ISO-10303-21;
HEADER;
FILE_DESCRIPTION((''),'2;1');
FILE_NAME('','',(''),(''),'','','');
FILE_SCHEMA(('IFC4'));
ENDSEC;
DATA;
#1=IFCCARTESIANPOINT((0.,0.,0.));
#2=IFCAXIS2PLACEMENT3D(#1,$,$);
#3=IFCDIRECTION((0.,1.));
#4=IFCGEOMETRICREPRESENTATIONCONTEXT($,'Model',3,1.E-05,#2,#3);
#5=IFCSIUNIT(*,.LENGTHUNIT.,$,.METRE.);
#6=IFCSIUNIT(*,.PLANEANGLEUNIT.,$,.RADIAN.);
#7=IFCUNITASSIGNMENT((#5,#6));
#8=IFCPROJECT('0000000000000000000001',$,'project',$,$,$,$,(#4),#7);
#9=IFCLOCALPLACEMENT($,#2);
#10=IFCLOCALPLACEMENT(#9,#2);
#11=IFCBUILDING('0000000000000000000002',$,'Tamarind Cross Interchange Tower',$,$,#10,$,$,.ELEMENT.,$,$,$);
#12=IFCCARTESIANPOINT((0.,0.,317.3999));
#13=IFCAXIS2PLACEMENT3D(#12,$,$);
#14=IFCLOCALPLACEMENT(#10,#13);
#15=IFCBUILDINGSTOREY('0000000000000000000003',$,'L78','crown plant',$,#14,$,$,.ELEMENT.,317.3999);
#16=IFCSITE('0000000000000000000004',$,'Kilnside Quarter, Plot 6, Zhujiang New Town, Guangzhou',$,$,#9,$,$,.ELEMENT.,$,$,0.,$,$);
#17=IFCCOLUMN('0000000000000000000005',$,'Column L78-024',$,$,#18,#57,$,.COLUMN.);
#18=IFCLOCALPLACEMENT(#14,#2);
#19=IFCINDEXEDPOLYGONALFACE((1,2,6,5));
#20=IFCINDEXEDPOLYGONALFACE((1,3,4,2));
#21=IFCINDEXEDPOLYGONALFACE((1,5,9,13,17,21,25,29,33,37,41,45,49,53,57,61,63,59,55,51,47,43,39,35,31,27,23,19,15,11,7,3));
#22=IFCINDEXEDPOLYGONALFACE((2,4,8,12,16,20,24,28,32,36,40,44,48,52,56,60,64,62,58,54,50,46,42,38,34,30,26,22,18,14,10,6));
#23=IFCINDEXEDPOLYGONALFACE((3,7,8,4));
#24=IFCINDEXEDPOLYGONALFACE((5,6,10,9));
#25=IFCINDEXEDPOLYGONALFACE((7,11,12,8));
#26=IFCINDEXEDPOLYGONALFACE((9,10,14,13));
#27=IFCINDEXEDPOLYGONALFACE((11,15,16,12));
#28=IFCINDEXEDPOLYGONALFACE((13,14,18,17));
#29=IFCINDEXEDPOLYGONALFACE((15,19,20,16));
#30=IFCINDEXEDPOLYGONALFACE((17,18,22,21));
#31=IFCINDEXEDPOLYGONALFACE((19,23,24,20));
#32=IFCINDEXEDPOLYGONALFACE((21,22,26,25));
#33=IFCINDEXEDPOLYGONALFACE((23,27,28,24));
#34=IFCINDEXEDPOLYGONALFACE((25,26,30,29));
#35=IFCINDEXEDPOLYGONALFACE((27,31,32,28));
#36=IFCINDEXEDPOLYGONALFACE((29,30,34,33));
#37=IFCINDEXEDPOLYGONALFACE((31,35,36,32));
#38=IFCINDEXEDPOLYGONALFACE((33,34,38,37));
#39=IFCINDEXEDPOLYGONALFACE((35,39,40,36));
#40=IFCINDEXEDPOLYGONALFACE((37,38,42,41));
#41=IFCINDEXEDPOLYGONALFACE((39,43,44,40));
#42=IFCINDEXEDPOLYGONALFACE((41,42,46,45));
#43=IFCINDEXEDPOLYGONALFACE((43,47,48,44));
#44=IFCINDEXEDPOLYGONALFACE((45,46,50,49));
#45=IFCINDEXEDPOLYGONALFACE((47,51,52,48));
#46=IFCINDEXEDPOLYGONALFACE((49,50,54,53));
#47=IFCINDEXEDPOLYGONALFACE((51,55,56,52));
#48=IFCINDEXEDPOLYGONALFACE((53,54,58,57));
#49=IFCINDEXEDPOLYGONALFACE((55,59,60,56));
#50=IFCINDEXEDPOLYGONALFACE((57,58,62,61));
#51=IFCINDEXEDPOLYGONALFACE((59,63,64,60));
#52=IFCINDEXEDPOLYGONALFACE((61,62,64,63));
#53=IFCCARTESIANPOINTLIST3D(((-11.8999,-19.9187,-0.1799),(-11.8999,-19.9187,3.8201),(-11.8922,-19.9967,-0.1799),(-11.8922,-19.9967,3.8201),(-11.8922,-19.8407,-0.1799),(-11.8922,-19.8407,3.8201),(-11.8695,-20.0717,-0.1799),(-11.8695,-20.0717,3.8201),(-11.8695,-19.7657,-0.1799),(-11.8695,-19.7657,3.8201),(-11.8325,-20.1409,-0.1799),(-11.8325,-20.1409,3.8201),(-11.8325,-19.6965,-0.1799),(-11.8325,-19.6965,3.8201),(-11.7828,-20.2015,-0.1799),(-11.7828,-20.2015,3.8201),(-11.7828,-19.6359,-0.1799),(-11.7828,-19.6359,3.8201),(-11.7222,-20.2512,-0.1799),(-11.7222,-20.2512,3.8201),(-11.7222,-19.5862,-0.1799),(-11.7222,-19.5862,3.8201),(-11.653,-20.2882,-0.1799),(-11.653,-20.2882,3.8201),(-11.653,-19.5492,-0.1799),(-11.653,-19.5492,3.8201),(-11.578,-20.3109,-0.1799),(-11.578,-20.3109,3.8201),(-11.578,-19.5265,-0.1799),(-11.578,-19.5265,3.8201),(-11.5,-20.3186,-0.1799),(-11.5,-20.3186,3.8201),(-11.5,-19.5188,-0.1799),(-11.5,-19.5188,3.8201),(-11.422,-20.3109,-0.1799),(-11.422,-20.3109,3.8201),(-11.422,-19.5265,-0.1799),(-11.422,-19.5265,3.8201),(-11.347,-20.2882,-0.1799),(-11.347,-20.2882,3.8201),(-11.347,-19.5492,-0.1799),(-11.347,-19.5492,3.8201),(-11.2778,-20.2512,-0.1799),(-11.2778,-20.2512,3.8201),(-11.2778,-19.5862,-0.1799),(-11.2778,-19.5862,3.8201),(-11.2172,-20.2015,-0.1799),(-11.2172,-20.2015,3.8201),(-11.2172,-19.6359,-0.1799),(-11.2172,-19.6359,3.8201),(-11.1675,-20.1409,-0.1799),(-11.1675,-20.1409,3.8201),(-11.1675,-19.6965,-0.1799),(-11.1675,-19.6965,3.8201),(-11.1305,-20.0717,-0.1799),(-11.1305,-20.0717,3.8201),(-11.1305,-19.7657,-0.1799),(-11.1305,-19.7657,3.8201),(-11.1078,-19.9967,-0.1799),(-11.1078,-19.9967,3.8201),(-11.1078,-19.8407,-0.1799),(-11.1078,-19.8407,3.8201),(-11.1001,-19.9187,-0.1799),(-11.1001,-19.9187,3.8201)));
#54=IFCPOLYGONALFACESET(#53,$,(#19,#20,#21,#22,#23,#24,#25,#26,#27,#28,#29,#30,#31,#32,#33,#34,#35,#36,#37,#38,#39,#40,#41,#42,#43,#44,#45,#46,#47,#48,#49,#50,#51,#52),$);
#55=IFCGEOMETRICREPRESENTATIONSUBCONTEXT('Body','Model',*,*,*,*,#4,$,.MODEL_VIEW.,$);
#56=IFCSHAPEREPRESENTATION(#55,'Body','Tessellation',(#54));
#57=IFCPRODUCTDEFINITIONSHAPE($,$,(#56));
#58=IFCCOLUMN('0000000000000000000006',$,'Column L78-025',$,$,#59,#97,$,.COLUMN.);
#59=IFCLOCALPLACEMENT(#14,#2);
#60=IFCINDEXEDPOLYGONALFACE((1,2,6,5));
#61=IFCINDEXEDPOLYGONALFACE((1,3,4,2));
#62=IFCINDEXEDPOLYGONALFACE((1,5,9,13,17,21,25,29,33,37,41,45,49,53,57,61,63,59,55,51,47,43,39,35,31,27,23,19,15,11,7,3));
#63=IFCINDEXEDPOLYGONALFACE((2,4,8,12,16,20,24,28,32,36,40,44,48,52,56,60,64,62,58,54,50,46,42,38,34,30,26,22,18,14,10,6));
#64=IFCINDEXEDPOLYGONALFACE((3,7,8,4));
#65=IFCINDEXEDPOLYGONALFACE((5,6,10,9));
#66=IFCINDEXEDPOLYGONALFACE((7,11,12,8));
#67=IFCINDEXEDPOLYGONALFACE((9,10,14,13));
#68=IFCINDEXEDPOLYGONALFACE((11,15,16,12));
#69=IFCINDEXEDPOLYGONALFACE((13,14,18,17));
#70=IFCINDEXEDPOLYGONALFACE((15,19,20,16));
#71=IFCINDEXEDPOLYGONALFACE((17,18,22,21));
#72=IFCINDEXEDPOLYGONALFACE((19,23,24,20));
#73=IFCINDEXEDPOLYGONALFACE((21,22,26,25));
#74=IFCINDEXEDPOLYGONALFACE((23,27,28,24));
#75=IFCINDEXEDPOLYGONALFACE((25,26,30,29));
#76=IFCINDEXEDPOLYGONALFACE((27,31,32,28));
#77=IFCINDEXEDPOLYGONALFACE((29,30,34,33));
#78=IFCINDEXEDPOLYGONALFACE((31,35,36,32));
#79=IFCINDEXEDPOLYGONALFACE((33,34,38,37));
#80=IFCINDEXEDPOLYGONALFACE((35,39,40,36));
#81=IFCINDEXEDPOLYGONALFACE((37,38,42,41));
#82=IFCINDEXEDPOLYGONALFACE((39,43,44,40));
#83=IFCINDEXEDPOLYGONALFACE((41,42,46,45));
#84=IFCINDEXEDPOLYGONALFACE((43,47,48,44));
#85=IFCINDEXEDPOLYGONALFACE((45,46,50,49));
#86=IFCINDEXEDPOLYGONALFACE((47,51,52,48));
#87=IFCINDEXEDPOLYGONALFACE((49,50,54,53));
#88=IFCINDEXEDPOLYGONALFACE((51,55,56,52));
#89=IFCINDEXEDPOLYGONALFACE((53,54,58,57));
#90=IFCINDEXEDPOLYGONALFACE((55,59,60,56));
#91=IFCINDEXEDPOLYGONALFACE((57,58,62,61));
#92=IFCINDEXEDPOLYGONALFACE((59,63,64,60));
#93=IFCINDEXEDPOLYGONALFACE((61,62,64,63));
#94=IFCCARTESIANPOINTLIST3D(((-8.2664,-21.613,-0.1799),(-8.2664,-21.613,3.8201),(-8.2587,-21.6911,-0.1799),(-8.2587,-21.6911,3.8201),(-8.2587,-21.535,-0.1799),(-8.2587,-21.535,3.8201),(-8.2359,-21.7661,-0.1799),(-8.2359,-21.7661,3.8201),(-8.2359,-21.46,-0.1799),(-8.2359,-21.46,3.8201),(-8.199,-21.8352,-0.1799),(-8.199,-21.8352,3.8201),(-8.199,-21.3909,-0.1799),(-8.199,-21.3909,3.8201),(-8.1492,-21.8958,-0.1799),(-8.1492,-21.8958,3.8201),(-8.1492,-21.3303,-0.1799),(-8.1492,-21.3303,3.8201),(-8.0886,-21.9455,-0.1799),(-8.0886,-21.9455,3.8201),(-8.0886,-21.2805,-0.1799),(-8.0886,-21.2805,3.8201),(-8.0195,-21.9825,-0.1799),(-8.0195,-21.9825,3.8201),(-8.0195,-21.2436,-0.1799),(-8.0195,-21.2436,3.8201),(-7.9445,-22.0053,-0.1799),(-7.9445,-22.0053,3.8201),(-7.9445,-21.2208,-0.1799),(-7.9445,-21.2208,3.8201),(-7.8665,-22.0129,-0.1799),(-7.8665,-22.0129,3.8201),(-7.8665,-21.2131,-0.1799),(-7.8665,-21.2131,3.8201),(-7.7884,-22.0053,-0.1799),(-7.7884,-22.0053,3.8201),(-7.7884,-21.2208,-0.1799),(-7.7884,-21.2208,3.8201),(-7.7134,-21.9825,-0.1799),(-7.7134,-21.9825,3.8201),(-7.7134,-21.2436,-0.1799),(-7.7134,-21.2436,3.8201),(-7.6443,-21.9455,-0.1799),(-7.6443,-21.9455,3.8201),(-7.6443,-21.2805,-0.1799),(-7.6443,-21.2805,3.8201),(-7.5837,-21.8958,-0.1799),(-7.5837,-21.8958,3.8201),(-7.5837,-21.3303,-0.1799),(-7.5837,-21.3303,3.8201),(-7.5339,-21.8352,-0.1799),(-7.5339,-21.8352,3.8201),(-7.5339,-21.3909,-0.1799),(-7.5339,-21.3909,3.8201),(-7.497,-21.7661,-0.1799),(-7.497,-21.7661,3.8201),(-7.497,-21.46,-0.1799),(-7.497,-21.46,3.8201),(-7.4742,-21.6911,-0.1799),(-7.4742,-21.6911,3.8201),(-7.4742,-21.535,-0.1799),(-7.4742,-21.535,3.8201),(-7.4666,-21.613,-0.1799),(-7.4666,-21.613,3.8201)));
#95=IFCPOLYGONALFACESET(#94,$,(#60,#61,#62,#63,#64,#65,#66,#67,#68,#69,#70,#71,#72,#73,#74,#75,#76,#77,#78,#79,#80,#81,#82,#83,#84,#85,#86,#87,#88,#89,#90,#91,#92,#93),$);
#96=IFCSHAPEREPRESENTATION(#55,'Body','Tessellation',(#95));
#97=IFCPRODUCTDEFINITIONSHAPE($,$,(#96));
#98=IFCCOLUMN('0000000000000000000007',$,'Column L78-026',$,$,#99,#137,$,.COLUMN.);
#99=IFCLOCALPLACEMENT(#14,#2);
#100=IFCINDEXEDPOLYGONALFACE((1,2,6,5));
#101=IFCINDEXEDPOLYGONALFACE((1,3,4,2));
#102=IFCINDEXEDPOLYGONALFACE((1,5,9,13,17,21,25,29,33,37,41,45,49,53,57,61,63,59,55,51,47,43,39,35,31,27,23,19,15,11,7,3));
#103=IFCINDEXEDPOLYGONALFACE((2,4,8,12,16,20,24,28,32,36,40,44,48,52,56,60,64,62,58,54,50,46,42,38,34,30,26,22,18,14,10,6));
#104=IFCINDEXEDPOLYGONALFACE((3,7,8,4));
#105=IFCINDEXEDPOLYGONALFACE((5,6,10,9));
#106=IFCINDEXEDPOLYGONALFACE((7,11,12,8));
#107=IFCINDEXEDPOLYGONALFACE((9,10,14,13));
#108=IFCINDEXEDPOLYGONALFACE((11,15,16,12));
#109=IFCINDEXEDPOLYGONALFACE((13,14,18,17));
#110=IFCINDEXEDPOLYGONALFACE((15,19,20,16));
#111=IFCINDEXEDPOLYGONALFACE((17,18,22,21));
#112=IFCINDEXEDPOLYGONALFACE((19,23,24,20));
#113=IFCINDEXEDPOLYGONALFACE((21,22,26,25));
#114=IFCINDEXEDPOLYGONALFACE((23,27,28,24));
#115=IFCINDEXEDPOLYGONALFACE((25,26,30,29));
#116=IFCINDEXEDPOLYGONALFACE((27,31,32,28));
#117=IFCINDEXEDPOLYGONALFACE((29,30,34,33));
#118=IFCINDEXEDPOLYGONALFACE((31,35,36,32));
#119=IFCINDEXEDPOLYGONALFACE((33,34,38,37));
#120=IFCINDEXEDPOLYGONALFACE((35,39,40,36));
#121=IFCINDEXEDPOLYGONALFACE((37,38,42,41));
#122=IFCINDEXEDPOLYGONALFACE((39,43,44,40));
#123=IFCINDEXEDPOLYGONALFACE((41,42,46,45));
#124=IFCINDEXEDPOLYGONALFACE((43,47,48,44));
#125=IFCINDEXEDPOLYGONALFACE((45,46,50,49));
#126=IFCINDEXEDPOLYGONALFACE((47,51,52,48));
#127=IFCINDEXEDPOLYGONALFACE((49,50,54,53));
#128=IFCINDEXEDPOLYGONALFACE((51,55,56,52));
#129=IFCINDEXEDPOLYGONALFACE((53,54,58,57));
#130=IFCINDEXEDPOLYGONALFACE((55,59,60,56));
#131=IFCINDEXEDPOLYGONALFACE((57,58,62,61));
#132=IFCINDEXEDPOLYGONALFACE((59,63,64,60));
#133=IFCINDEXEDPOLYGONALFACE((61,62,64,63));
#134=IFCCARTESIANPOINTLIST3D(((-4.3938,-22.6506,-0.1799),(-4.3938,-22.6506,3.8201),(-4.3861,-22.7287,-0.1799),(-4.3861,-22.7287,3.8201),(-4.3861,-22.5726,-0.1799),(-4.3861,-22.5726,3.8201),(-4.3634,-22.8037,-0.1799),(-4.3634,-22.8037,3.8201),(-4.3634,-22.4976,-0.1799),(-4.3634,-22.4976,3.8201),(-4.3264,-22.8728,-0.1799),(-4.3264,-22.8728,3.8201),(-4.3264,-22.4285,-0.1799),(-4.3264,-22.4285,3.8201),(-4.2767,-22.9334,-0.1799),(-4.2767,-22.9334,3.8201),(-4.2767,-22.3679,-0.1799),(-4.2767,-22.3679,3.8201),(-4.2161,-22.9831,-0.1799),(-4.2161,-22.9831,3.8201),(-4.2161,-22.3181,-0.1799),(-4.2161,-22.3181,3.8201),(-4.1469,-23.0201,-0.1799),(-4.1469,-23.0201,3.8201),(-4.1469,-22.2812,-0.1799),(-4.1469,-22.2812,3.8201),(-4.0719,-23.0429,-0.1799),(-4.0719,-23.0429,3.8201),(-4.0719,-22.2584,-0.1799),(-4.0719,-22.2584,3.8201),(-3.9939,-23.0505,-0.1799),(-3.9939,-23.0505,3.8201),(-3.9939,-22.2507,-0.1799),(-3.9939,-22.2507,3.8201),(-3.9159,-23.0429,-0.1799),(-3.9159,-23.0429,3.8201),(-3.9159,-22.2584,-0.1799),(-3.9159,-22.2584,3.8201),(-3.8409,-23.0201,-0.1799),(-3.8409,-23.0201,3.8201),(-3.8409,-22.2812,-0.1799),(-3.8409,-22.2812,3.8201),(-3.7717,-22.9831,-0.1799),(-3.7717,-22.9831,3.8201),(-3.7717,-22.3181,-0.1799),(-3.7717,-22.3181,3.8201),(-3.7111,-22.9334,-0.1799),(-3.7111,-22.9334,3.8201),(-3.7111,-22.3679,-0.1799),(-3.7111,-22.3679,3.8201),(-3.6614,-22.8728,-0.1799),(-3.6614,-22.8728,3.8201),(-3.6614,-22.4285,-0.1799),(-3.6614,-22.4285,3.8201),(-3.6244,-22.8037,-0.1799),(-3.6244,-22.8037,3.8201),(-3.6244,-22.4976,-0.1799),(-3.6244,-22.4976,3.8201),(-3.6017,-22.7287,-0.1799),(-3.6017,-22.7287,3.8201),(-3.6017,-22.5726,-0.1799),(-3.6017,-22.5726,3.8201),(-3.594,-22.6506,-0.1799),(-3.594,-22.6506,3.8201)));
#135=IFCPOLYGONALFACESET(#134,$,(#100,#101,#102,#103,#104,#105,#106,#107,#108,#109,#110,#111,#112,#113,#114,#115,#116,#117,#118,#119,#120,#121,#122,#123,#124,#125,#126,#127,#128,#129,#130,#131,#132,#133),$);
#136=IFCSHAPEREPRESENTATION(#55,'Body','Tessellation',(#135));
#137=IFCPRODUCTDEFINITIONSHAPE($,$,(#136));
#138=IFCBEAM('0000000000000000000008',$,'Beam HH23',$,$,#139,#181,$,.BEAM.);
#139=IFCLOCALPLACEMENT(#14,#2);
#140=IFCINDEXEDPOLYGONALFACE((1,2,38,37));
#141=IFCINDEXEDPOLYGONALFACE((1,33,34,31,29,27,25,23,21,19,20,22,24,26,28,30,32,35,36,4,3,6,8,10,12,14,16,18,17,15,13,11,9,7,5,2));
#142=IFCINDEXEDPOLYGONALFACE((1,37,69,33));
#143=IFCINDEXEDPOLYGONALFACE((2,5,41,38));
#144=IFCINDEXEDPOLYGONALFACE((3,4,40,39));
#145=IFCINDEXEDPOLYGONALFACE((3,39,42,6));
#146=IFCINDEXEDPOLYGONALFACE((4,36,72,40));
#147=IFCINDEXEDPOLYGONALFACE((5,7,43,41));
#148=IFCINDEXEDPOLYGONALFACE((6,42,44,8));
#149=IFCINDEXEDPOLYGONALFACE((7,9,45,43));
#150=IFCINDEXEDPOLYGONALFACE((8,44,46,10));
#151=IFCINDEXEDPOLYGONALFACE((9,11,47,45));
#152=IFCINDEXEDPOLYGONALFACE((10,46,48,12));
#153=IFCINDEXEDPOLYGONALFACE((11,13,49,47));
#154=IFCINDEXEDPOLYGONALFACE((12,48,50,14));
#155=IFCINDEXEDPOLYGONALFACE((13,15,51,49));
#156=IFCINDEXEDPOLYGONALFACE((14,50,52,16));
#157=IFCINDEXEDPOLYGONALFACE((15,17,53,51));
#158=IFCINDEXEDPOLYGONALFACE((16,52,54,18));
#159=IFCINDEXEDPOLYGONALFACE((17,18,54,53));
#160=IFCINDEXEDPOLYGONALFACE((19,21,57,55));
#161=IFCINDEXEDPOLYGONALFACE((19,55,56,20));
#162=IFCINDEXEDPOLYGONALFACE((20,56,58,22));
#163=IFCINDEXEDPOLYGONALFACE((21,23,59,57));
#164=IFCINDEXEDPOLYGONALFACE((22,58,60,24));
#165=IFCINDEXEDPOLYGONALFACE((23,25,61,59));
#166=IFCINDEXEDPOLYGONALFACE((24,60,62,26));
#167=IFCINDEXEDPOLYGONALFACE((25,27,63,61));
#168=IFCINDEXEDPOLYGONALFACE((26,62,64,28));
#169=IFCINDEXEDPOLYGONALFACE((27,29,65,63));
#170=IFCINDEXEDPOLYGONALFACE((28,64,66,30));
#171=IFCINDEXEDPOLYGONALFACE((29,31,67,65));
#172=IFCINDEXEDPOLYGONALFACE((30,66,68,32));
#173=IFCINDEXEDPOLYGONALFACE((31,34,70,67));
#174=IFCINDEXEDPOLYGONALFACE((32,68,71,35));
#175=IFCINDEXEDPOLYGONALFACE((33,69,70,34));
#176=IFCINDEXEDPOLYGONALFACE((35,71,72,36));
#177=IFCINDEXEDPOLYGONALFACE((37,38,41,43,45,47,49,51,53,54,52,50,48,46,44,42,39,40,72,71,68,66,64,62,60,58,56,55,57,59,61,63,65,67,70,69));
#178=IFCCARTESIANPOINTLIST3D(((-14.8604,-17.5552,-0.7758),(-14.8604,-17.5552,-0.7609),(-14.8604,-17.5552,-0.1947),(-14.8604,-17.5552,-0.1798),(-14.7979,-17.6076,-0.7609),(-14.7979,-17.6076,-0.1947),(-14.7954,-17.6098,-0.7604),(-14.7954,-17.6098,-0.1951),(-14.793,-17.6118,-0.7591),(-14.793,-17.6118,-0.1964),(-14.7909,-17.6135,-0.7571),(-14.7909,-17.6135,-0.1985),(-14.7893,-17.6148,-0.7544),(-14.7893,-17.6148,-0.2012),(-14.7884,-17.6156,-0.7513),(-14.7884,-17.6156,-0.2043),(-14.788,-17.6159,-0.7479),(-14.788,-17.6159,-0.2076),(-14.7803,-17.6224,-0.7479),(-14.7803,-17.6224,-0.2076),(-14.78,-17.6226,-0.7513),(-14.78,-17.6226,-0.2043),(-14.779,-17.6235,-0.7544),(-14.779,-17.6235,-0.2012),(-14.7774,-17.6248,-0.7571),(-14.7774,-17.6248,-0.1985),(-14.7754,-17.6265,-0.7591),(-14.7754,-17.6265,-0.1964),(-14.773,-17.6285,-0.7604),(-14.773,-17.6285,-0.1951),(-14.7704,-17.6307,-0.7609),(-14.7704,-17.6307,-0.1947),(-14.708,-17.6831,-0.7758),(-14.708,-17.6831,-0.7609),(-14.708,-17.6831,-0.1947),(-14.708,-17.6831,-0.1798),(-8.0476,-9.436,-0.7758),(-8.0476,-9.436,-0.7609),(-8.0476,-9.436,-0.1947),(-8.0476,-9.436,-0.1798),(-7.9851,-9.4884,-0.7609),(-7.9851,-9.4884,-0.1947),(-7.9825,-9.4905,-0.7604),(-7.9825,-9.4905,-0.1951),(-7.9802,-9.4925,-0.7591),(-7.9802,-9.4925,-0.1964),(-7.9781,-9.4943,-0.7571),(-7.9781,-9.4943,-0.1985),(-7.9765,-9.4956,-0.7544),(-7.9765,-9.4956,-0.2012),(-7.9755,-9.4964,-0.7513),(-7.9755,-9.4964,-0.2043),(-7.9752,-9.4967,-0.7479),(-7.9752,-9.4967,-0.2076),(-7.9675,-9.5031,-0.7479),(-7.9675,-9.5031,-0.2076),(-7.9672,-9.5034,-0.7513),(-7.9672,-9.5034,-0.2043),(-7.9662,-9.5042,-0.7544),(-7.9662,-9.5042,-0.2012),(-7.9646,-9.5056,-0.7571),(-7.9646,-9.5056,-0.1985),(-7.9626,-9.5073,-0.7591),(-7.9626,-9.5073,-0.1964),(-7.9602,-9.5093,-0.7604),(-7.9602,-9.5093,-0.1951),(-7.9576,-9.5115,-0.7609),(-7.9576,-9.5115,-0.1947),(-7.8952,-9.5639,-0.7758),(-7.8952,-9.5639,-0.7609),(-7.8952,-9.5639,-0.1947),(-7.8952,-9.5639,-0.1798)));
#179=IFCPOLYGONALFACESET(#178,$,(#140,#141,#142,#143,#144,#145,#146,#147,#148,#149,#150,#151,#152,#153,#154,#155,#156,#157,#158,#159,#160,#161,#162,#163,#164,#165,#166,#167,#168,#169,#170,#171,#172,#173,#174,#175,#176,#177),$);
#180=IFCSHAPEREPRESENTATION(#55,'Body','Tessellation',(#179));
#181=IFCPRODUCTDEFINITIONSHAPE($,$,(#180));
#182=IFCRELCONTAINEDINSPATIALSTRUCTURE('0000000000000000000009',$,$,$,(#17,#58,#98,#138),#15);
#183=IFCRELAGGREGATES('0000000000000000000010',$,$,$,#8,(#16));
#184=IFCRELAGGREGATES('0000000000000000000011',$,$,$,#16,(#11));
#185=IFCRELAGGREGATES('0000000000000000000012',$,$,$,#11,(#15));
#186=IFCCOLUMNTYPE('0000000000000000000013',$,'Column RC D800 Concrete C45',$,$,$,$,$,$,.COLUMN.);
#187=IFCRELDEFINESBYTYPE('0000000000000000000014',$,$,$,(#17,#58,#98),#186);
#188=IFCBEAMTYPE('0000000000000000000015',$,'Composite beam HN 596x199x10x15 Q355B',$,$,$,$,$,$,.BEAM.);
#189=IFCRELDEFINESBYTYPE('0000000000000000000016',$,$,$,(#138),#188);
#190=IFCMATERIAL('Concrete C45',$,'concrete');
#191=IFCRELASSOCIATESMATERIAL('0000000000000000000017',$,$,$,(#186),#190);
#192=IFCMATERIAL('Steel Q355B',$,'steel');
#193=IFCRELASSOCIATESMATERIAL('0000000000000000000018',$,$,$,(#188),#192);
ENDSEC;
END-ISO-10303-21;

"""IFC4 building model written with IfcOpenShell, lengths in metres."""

from ifc_helpers import new_model, si_unit, direction, frame, origin, origin_2d, place, context, subcontext, project, spatial, circle, i_section, extrude, material, material_profile, profile_set, type_object, element, save


model = new_model("IFC4")

# Units and contexts
model_context = context("Model", 3, precision=1e-05, world=origin(), true_north=direction((0.0, 1.0)))
body_context = subcontext(model_context, "Body", "Model", "MODEL_VIEW")
ifc_project = project(units=[si_unit("LENGTHUNIT", "METRE"), si_unit("PLANEANGLEUNIT", "RADIAN")], contexts=[model_context])

# Site, building, storey
site_placement = place(None, origin())
site = spatial("IfcSite", under=ifc_project, at=site_placement, Name="Kilnside Quarter, Plot 6, Zhujiang New Town, Guangzhou", CompositionType="ELEMENT", RefElevation=0.0)
building_placement = place(site_placement, origin())
building = spatial("IfcBuilding", under=site, at=building_placement, Name="Tamarind Cross Interchange Tower", CompositionType="ELEMENT")
storey_placement = place(building_placement, frame((0.0, 0.0, 317.3999)))
storey = spatial("IfcBuildingStorey", under=building, at=storey_placement, Name="L78", Description="crown plant", CompositionType="ELEMENT", Elevation=317.3999)

# Columns
ifc_material_1 = material(Name="Concrete C45", Category="concrete")
ifc_material_profile_1 = material_profile(ifc_material_1, circle(Radius=0.3999, at=origin_2d()), Name="RC D800")
ifc_profile_set_1 = profile_set([ifc_material_profile_1], Name="Concrete C45")
column_type = type_object("IfcColumnType", Name="Column RC D800 Concrete C45", PredefinedType="COLUMN", material=ifc_profile_set_1)
for number, where, z_axis, x_axis, name in (
    (1, (-11.5, -19.9187, -0.1799), (0.0, 0.0, 1.0), (1.0, 0.0, 0.0), "Column L78-024"),
    (2, (-7.8665, -21.613, -0.1799), (0.0, 0.0, 1.0), (1.0, 0.0, 0.0), "Column L78-025"),
    (3, (-3.9939, -22.6506, -0.1799), (0.0, 0.0, 1.0), (1.0, 0.0, 0.0), "Column L78-026"),
):
    element("IfcColumn", number, at=place(storey_placement, frame(where, z_axis=z_axis, x_axis=x_axis)), inside=storey, type_object=column_type, Name=name, PredefinedType="COLUMN", context=body_context, shape_type="SweptSolid", body=[
        extrude(circle(Radius=0.3999, at=origin_2d()), origin(), (0.0, 0.0, 1.0), 4.0),
    ])

# Beam
ifc_material_2 = material(Name="Steel Q355B", Category="steel")
ifc_material_profile_2 = material_profile(ifc_material_2, i_section(OverallWidth=0.199, OverallDepth=0.5959, WebThickness=0.01, FlangeThickness=0.0149, FilletRadius=0.0129, at=origin_2d()), Name="HN 596x199x10x15")
ifc_profile_set_2 = profile_set([ifc_material_profile_2], Name="Steel Q355B")
beam_type = type_object("IfcBeamType", Name="Composite beam HN 596x199x10x15 Q355B", PredefinedType="BEAM", material=ifc_profile_set_2)
beam_1_placement = place(storey_placement, frame((-14.7842, -17.6191, -0.4778), z_axis=(0.642786, 0.766046, 0.0), x_axis=(-0.766046, 0.642786, 0.0)))
element("IfcBeam", 4, at=beam_1_placement, inside=storey, type_object=beam_type, Name="Beam HH23", PredefinedType="BEAM", context=body_context, shape_type="SweptSolid", body=[
    extrude(i_section(OverallWidth=0.199, OverallDepth=0.5959, WebThickness=0.01, FlangeThickness=0.0149, FilletRadius=0.0129, at=origin_2d()), origin(), (0.0, 0.0, 1.0), 10.5989),
])

save(model, "model.ifc")
